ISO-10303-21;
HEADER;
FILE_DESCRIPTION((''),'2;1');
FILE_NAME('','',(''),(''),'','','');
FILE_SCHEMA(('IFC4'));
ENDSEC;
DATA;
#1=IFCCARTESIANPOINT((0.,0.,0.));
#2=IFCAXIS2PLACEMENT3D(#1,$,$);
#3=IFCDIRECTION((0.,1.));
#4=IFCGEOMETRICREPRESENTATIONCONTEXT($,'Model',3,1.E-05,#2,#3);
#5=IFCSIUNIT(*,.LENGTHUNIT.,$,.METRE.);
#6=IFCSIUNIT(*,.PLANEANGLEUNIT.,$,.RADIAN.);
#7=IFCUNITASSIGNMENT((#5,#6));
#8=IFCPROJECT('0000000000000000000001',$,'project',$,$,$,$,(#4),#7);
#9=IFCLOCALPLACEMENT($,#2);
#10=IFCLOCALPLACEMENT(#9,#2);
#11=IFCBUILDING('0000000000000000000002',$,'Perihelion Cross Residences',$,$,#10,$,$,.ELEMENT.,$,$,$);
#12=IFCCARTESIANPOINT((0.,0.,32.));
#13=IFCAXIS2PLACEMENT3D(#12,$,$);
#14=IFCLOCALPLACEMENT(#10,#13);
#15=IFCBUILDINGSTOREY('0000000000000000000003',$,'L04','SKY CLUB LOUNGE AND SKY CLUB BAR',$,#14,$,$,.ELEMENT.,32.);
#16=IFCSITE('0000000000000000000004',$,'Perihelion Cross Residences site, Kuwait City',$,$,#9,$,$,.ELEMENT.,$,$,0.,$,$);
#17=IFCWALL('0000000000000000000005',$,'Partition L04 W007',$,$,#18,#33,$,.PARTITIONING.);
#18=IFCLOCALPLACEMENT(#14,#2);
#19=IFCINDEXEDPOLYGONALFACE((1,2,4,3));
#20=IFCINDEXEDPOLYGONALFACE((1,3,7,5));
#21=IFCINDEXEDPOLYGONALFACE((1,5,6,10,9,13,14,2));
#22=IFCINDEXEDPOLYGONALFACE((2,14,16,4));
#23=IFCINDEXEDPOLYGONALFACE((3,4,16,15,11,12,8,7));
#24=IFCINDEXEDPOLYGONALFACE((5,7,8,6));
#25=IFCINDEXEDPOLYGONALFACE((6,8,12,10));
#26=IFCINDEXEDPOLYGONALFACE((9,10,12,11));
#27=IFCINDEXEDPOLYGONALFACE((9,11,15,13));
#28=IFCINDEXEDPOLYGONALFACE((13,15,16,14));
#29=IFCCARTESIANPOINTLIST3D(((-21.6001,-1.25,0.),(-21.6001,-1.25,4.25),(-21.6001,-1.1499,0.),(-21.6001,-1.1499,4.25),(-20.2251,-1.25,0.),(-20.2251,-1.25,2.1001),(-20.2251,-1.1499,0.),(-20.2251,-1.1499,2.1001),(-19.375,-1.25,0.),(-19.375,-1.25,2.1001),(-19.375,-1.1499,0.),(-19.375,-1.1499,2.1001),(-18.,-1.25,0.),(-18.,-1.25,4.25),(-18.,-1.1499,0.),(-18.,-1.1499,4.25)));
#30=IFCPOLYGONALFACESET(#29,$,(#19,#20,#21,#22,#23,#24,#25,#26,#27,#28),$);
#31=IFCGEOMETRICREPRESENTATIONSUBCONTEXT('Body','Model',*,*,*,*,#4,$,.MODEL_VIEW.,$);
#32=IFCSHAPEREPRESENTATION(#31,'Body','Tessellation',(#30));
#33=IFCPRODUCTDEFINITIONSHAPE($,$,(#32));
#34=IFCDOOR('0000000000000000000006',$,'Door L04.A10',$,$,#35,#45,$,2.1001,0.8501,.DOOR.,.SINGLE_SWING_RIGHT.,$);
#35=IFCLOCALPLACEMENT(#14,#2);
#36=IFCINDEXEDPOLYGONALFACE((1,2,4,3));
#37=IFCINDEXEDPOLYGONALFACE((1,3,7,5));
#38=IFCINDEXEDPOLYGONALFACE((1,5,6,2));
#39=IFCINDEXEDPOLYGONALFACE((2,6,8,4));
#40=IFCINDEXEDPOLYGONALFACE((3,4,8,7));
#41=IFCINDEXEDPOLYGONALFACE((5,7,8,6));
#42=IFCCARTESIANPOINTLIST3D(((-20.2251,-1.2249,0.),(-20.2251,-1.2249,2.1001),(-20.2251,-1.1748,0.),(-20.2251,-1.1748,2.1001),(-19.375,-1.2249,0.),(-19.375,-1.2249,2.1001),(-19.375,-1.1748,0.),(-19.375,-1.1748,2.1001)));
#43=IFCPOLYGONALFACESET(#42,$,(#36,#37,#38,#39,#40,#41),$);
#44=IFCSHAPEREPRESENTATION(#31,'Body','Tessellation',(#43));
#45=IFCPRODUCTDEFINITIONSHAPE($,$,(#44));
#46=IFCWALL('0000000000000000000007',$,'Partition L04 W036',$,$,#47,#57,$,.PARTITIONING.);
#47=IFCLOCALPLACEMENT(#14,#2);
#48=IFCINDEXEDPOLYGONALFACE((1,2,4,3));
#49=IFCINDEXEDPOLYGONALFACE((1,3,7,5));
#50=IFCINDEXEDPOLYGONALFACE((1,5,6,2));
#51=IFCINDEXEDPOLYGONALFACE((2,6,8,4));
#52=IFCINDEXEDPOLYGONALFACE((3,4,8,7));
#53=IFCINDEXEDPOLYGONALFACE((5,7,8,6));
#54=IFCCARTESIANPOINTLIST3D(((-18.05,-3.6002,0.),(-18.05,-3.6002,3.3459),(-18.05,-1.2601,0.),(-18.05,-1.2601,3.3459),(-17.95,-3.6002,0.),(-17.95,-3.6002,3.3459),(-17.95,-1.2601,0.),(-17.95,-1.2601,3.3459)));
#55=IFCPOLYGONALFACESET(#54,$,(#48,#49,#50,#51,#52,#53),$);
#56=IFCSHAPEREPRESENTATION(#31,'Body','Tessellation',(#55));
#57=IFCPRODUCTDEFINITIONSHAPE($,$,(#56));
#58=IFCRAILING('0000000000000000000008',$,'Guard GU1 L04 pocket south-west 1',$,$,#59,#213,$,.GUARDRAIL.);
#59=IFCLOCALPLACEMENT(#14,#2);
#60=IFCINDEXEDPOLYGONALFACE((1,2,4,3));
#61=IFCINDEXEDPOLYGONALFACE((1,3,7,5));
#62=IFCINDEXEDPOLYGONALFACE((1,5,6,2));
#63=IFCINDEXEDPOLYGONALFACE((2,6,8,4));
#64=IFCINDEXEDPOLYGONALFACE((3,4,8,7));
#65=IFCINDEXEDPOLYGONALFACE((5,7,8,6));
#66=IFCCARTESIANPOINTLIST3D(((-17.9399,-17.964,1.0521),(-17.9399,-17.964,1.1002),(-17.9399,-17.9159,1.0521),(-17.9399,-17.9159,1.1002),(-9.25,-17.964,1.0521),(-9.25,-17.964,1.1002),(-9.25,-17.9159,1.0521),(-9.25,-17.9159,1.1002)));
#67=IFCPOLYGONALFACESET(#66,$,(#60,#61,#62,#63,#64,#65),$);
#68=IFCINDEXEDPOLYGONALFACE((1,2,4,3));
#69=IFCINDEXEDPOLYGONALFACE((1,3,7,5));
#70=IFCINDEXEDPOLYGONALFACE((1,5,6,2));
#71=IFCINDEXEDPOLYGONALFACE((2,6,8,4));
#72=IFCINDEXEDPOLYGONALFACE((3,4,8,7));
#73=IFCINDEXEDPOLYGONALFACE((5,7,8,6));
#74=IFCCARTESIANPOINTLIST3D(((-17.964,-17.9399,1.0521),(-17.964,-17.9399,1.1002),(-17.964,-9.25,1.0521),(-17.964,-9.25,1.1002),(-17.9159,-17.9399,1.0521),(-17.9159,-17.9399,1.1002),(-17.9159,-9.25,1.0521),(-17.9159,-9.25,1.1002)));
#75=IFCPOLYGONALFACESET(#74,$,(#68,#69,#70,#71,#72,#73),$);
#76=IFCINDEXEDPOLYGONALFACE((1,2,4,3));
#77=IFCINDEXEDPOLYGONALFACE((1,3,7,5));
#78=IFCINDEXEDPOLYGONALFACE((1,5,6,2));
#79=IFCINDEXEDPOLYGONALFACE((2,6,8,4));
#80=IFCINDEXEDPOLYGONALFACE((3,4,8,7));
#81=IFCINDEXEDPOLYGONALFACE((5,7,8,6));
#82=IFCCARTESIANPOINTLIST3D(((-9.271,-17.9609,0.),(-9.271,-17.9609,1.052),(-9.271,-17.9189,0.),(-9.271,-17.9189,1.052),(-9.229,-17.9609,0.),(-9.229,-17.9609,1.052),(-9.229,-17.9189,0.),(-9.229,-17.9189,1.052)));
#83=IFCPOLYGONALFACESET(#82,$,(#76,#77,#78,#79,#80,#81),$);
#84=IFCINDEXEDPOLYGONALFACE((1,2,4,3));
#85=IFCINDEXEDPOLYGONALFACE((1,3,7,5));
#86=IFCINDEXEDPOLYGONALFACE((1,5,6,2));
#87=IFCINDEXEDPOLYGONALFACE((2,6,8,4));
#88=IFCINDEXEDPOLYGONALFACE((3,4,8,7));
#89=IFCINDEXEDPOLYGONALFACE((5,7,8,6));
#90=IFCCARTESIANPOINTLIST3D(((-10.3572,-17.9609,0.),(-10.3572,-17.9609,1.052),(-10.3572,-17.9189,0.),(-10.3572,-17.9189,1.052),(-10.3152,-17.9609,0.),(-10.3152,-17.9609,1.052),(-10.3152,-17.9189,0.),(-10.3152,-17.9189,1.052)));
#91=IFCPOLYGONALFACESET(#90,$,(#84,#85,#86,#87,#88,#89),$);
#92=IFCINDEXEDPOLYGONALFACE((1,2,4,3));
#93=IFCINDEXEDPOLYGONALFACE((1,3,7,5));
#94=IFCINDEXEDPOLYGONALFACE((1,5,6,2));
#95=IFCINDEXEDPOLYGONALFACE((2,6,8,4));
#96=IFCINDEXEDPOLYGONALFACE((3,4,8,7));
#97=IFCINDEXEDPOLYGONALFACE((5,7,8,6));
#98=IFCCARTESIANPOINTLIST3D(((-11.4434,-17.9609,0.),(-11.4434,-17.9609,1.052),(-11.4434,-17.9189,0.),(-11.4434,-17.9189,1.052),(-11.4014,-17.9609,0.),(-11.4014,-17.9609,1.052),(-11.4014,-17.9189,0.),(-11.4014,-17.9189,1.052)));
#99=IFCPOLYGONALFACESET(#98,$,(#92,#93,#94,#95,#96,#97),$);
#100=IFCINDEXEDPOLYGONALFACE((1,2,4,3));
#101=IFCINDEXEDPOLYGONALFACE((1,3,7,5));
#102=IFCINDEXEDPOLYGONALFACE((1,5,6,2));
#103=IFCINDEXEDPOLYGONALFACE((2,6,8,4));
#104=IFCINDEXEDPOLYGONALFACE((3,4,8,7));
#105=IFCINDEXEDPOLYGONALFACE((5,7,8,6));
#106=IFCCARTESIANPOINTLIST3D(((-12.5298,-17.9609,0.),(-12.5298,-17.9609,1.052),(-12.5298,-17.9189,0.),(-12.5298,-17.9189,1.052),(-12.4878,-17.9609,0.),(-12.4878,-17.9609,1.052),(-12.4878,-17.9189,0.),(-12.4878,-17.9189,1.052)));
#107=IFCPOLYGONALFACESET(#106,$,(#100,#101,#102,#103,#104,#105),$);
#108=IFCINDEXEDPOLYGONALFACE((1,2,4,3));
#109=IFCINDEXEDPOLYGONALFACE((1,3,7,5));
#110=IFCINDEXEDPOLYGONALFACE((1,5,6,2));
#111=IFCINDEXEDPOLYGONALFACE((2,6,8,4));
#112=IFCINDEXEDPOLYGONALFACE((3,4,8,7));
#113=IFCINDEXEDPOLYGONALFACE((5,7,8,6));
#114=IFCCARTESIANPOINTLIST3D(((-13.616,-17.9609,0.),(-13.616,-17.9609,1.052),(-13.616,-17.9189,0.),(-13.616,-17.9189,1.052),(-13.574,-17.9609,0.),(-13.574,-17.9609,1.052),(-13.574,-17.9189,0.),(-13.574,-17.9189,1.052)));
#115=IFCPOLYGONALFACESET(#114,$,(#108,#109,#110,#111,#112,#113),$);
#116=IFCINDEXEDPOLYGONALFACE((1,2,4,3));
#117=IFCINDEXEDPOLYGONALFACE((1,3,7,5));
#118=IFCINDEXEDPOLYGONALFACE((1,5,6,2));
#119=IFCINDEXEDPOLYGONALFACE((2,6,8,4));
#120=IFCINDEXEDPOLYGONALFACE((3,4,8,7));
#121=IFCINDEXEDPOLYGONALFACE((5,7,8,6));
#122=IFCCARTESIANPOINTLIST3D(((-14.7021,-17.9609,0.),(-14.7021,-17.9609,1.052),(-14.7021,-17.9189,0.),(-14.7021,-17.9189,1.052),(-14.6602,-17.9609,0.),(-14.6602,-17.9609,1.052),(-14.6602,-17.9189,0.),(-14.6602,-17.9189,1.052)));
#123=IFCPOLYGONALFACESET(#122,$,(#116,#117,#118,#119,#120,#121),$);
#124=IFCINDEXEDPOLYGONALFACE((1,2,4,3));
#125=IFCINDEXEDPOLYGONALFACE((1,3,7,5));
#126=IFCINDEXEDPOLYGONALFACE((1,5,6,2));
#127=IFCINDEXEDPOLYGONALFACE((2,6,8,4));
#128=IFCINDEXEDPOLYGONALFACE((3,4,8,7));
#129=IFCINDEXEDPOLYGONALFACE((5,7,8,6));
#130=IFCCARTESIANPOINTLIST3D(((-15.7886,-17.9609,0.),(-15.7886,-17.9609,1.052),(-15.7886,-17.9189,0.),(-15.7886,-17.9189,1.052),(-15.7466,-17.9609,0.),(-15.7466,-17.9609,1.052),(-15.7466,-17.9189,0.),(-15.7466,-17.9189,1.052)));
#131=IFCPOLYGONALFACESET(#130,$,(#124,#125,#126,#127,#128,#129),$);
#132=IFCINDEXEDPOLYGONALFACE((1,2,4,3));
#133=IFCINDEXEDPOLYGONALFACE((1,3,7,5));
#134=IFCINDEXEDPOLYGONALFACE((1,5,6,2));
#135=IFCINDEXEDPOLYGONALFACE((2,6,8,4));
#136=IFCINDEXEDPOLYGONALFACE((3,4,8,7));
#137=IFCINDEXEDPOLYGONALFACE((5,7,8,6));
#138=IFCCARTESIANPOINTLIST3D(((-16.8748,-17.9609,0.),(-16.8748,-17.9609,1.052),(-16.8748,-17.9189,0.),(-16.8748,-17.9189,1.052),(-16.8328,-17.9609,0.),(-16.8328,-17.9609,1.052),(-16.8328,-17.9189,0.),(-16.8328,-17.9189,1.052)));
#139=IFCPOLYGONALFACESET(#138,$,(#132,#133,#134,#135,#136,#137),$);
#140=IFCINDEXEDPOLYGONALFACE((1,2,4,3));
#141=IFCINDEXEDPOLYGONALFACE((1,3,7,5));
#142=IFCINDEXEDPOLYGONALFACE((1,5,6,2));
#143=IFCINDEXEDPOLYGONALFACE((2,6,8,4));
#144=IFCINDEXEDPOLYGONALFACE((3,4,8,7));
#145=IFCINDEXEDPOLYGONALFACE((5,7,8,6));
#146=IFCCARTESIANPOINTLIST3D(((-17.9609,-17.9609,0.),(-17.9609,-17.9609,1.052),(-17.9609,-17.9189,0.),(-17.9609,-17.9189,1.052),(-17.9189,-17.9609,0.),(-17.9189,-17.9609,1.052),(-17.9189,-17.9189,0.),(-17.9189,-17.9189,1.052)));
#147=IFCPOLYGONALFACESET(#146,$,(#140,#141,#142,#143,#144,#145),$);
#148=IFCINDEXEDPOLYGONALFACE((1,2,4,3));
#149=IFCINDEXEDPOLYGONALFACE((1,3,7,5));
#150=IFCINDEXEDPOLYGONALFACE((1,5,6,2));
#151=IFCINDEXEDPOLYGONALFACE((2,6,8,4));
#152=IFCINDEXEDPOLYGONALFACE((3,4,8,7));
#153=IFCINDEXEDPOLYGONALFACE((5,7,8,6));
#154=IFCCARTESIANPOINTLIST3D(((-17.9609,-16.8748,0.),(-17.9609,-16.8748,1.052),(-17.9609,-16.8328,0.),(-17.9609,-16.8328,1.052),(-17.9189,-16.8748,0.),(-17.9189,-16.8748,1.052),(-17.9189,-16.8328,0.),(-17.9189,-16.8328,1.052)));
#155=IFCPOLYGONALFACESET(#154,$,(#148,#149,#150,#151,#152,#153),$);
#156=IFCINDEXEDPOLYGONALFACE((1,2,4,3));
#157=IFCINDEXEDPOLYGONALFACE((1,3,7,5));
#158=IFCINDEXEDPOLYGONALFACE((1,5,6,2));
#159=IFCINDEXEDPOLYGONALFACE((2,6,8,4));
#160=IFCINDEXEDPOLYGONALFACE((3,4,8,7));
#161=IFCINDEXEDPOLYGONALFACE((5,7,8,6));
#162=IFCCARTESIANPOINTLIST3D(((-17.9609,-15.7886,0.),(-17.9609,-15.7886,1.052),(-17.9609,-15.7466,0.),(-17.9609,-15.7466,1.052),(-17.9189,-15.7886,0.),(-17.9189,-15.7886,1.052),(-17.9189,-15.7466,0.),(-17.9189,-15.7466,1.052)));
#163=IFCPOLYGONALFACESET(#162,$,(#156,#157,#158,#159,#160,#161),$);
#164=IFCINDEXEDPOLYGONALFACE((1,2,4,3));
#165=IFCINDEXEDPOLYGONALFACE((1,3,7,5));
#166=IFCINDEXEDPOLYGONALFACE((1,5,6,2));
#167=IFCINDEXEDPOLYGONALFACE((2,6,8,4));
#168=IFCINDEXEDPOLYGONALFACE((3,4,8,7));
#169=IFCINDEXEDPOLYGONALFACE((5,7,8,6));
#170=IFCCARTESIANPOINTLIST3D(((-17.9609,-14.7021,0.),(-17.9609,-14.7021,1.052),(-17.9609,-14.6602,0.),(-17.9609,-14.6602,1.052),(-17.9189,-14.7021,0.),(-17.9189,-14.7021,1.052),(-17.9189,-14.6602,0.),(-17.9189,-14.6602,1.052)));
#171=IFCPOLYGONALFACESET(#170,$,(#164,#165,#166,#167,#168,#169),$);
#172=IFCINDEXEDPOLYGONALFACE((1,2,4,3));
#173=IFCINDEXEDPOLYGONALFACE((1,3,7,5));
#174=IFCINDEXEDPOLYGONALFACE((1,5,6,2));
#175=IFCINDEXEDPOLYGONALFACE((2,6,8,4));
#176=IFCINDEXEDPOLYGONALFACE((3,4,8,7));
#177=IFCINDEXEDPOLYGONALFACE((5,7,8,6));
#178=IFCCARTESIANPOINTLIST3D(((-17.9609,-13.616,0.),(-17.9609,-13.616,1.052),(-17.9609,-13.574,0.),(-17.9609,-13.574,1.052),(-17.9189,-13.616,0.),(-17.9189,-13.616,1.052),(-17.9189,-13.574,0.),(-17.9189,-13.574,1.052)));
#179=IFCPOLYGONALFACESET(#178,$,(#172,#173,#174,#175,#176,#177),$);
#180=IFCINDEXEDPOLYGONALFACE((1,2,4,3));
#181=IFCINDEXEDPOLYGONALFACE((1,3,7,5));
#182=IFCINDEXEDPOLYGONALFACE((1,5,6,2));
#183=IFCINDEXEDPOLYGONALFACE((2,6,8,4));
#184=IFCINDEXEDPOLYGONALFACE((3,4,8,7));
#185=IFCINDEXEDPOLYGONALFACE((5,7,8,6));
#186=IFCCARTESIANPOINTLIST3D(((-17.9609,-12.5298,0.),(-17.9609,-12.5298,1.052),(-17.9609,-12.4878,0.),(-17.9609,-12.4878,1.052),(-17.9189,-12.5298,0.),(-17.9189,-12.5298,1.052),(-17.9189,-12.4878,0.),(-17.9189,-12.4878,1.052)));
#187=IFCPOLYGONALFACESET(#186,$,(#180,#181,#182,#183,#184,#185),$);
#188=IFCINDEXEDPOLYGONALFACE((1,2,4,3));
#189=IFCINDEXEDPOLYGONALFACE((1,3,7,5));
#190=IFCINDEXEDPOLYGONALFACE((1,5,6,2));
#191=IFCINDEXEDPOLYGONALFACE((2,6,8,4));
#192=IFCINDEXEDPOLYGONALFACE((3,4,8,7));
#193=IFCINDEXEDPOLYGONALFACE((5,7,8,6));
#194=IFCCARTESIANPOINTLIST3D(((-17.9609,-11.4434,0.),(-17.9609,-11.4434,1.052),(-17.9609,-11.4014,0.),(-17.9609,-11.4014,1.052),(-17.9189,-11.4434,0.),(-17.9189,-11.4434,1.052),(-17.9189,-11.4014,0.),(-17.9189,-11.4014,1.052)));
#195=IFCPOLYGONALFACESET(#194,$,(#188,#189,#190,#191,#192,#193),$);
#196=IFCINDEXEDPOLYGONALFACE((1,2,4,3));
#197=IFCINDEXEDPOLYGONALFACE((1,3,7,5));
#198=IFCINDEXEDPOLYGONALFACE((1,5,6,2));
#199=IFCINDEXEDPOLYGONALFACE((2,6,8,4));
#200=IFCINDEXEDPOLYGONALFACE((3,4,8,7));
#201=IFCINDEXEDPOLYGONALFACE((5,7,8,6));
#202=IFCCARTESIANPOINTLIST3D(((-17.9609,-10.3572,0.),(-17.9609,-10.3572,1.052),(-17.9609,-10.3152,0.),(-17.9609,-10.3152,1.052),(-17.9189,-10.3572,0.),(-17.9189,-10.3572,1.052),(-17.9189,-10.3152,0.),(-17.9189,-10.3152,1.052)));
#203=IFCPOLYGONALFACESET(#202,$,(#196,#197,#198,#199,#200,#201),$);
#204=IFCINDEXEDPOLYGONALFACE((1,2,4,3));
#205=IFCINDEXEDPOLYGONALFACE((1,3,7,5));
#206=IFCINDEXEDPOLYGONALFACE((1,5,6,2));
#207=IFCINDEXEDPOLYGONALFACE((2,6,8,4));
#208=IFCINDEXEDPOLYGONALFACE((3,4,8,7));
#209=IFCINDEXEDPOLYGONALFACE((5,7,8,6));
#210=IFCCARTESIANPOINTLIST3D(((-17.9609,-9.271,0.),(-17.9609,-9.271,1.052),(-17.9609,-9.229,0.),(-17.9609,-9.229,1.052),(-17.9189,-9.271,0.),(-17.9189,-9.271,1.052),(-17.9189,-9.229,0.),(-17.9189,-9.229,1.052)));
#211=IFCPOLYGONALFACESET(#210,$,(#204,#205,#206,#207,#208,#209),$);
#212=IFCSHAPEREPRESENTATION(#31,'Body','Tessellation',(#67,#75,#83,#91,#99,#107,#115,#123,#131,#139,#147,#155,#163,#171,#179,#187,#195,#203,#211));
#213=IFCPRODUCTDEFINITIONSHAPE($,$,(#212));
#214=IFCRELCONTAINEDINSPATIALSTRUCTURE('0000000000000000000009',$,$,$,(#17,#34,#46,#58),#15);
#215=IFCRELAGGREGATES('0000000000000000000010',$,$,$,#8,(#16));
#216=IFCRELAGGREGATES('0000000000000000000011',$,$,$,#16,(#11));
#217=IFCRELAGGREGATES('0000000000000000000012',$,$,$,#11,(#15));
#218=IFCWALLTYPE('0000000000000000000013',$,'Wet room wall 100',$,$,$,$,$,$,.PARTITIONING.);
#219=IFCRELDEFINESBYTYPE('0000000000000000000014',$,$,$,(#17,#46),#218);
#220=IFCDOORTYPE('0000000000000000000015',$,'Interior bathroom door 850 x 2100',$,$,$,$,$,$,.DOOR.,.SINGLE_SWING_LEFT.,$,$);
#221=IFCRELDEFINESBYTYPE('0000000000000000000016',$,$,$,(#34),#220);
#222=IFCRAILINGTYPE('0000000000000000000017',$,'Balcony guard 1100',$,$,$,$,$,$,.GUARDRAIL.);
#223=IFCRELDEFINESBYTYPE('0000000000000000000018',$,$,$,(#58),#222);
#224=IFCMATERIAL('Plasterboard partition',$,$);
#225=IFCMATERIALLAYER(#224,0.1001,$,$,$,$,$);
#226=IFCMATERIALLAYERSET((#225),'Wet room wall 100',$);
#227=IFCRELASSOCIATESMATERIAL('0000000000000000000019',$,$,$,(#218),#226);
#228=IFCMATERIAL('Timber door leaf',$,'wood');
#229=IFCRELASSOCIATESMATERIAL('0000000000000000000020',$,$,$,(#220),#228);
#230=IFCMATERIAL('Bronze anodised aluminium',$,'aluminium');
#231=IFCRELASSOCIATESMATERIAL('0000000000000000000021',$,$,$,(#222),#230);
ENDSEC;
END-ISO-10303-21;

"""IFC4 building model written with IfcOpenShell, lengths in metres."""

from ifc_helpers import new_model, si_unit, direction, frame, frame_2d, origin, origin_2d, place, context, subcontext, project, spatial, rectangle, extrude, material, layer, layer_set, type_object, element, fill, save


model = new_model("IFC4")

# Units and contexts
model_context = context("Model", 3, precision=1e-05, world=origin(), true_north=direction((0.0, 1.0)))
body_context = subcontext(model_context, "Body", "Model", "MODEL_VIEW")
ifc_project = project(units=[si_unit("LENGTHUNIT", "METRE"), si_unit("PLANEANGLEUNIT", "RADIAN")], contexts=[model_context])

# Site, building, storey
site_placement = place(None, origin())
site = spatial("IfcSite", under=ifc_project, at=site_placement, Name="Perihelion Cross Residences site, Kuwait City", CompositionType="ELEMENT", RefElevation=0.0)
building_placement = place(site_placement, origin())
building = spatial("IfcBuilding", under=site, at=building_placement, Name="Perihelion Cross Residences", CompositionType="ELEMENT")
storey_placement = place(building_placement, frame((0.0, 0.0, 32.0)))
storey = spatial("IfcBuildingStorey", under=building, at=storey_placement, Name="L04", Description="SKY CLUB LOUNGE AND SKY CLUB BAR", CompositionType="ELEMENT", Elevation=32.0)

# Wall, opening, door
ifc_material_1 = material(Name="Plasterboard partition")
ifc_layer_1 = layer(ifc_material_1, 0.1001)
ifc_layer_set_1 = layer_set([ifc_layer_1], Name="Wet room wall 100")
wall_type_1 = type_object("IfcWallType", Name="Wet room wall 100", PredefinedType="PARTITIONING", material=ifc_layer_set_1)
wall_1_placement = place(storey_placement, frame((-18.0, -1.2, 0.0), z_axis=(0.0, 0.0, 1.0), x_axis=(-1.0, 0.0, 0.0)))
wall_1 = element("IfcWall", 1, at=wall_1_placement, inside=storey, type_object=wall_type_1, Name="Partition L04 W007", PredefinedType="PARTITIONING", context=body_context, shape_type="SweptSolid", body=[
    extrude(rectangle(XDim=3.6001, YDim=0.1001, at=frame_2d((1.8, 0.0))), origin(), (0.0, 0.0, 1.0), 4.25),
])
opening_1_placement = place(wall_1_placement, frame((1.375, 0.0, 0.0)))
opening_1 = element("IfcOpeningElement", 2, at=opening_1_placement, cuts=wall_1, PredefinedType="OPENING", context=body_context, shape_type="SweptSolid", body=[
    extrude(rectangle(XDim=0.8501, YDim=2.1001, at=frame_2d((0.425, 1.05))), frame((0.0, 0.0601, 0.0), z_axis=(0.0, -1.0, 0.0), x_axis=(1.0, 0.0, 0.0)), (0.0, 0.0, 1.0), 0.1201),
])
ifc_material_2 = material(Name="Timber door leaf", Category="wood")
door_type_1 = type_object("IfcDoorType", Name="Interior bathroom door 850 x 2100", OperationType="SINGLE_SWING_LEFT", PredefinedType="DOOR", material=ifc_material_2)
door_1_placement = place(opening_1_placement, origin())
door_1 = element("IfcDoor", 3, at=door_1_placement, inside=storey, type_object=door_type_1, Name="Door L04.A10", OperationType="SINGLE_SWING_RIGHT", OverallHeight=2.1001, OverallWidth=0.8501, PredefinedType="DOOR", context=body_context, shape_type="SweptSolid", body=[
    extrude(rectangle(XDim=0.8501, YDim=2.1001, at=frame_2d((0.425, 1.05))), frame((0.0, 0.0249, 0.0), z_axis=(0.0, -1.0, 0.0), x_axis=(1.0, 0.0, 0.0)), (0.0, 0.0, 1.0), 0.05),
])
fill(opening_1, door_1)

# Wall
wall_2_placement = place(storey_placement, frame((-18.0, -3.6001, 0.0), z_axis=(0.0, 0.0, 1.0), x_axis=(0.0, 1.0, 0.0)))
element("IfcWall", 4, at=wall_2_placement, inside=storey, type_object=wall_type_1, Name="Partition L04 W036", PredefinedType="PARTITIONING", context=body_context, shape_type="SweptSolid", body=[
    extrude(rectangle(XDim=2.3401, YDim=0.1001, at=frame_2d((1.1699, 0.0))), origin(), (0.0, 0.0, 1.0), 3.3459),
])

# Railing
ifc_material_3 = material(Name="Bronze anodised aluminium", Category="aluminium")
railing_type = type_object("IfcRailingType", Name="Balcony guard 1100", PredefinedType="GUARDRAIL", material=ifc_material_3)
railing_placement = place(storey_placement, frame((-9.25, -17.9399, 0.0)))
element("IfcRailing", 5, at=railing_placement, inside=storey, type_object=railing_type, Name="Guard GU1 L04 pocket south-west 1", PredefinedType="GUARDRAIL", context=body_context, shape_type="SweptSolid", body=[
    extrude(rectangle(XDim=0.0481, YDim=0.0481, at=origin_2d()), frame((0.0, 0.0, 1.0762), z_axis=(-1.0, 0.0, 0.0), x_axis=(0.0, -1.0, 0.0)), (0.0, 0.0, 1.0), 8.6899),
    extrude(rectangle(XDim=0.0481, YDim=0.0481, at=origin_2d()), frame((-8.6899, 0.0, 1.0762), z_axis=(0.0, 1.0, 0.0), x_axis=(-1.0, 0.0, 0.0)), (0.0, 0.0, 1.0), 8.6899),
    extrude(rectangle(XDim=0.042, YDim=0.042, at=origin_2d()), origin(), (0.0, 0.0, 1.0), 1.052),
    extrude(rectangle(XDim=0.042, YDim=0.042, at=origin_2d()), frame((-1.0862, 0.0, 0.0)), (0.0, 0.0, 1.0), 1.052),
    extrude(rectangle(XDim=0.042, YDim=0.042, at=origin_2d()), frame((-2.1724, 0.0, 0.0)), (0.0, 0.0, 1.0), 1.052),
    extrude(rectangle(XDim=0.042, YDim=0.042, at=origin_2d()), frame((-3.2588, 0.0, 0.0)), (0.0, 0.0, 1.0), 1.052),
    extrude(rectangle(XDim=0.042, YDim=0.042, at=origin_2d()), frame((-4.345, 0.0, 0.0)), (0.0, 0.0, 1.0), 1.052),
    extrude(rectangle(XDim=0.042, YDim=0.042, at=origin_2d()), frame((-5.4312, 0.0, 0.0)), (0.0, 0.0, 1.0), 1.052),
    extrude(rectangle(XDim=0.042, YDim=0.042, at=origin_2d()), frame((-6.5176, 0.0, 0.0)), (0.0, 0.0, 1.0), 1.052),
    extrude(rectangle(XDim=0.042, YDim=0.042, at=origin_2d()), frame((-7.6038, 0.0, 0.0)), (0.0, 0.0, 1.0), 1.052),
    extrude(rectangle(XDim=0.042, YDim=0.042, at=origin_2d()), frame((-8.6899, 0.0, 0.0)), (0.0, 0.0, 1.0), 1.052),
    extrude(rectangle(XDim=0.042, YDim=0.042, at=origin_2d()), frame((-8.6899, 1.0862, 0.0)), (0.0, 0.0, 1.0), 1.052),
    extrude(rectangle(XDim=0.042, YDim=0.042, at=origin_2d()), frame((-8.6899, 2.1724, 0.0)), (0.0, 0.0, 1.0), 1.052),
    extrude(rectangle(XDim=0.042, YDim=0.042, at=origin_2d()), frame((-8.6899, 3.2588, 0.0)), (0.0, 0.0, 1.0), 1.052),
    extrude(rectangle(XDim=0.042, YDim=0.042, at=origin_2d()), frame((-8.6899, 4.345, 0.0)), (0.0, 0.0, 1.0), 1.052),
    extrude(rectangle(XDim=0.042, YDim=0.042, at=origin_2d()), frame((-8.6899, 5.4312, 0.0)), (0.0, 0.0, 1.0), 1.052),
    extrude(rectangle(XDim=0.042, YDim=0.042, at=origin_2d()), frame((-8.6899, 6.5176, 0.0)), (0.0, 0.0, 1.0), 1.052),
    extrude(rectangle(XDim=0.042, YDim=0.042, at=origin_2d()), frame((-8.6899, 7.6038, 0.0)), (0.0, 0.0, 1.0), 1.052),
    extrude(rectangle(XDim=0.042, YDim=0.042, at=origin_2d()), frame((-8.6899, 8.6899, 0.0)), (0.0, 0.0, 1.0), 1.052),
])

save(model, "model.ifc")
